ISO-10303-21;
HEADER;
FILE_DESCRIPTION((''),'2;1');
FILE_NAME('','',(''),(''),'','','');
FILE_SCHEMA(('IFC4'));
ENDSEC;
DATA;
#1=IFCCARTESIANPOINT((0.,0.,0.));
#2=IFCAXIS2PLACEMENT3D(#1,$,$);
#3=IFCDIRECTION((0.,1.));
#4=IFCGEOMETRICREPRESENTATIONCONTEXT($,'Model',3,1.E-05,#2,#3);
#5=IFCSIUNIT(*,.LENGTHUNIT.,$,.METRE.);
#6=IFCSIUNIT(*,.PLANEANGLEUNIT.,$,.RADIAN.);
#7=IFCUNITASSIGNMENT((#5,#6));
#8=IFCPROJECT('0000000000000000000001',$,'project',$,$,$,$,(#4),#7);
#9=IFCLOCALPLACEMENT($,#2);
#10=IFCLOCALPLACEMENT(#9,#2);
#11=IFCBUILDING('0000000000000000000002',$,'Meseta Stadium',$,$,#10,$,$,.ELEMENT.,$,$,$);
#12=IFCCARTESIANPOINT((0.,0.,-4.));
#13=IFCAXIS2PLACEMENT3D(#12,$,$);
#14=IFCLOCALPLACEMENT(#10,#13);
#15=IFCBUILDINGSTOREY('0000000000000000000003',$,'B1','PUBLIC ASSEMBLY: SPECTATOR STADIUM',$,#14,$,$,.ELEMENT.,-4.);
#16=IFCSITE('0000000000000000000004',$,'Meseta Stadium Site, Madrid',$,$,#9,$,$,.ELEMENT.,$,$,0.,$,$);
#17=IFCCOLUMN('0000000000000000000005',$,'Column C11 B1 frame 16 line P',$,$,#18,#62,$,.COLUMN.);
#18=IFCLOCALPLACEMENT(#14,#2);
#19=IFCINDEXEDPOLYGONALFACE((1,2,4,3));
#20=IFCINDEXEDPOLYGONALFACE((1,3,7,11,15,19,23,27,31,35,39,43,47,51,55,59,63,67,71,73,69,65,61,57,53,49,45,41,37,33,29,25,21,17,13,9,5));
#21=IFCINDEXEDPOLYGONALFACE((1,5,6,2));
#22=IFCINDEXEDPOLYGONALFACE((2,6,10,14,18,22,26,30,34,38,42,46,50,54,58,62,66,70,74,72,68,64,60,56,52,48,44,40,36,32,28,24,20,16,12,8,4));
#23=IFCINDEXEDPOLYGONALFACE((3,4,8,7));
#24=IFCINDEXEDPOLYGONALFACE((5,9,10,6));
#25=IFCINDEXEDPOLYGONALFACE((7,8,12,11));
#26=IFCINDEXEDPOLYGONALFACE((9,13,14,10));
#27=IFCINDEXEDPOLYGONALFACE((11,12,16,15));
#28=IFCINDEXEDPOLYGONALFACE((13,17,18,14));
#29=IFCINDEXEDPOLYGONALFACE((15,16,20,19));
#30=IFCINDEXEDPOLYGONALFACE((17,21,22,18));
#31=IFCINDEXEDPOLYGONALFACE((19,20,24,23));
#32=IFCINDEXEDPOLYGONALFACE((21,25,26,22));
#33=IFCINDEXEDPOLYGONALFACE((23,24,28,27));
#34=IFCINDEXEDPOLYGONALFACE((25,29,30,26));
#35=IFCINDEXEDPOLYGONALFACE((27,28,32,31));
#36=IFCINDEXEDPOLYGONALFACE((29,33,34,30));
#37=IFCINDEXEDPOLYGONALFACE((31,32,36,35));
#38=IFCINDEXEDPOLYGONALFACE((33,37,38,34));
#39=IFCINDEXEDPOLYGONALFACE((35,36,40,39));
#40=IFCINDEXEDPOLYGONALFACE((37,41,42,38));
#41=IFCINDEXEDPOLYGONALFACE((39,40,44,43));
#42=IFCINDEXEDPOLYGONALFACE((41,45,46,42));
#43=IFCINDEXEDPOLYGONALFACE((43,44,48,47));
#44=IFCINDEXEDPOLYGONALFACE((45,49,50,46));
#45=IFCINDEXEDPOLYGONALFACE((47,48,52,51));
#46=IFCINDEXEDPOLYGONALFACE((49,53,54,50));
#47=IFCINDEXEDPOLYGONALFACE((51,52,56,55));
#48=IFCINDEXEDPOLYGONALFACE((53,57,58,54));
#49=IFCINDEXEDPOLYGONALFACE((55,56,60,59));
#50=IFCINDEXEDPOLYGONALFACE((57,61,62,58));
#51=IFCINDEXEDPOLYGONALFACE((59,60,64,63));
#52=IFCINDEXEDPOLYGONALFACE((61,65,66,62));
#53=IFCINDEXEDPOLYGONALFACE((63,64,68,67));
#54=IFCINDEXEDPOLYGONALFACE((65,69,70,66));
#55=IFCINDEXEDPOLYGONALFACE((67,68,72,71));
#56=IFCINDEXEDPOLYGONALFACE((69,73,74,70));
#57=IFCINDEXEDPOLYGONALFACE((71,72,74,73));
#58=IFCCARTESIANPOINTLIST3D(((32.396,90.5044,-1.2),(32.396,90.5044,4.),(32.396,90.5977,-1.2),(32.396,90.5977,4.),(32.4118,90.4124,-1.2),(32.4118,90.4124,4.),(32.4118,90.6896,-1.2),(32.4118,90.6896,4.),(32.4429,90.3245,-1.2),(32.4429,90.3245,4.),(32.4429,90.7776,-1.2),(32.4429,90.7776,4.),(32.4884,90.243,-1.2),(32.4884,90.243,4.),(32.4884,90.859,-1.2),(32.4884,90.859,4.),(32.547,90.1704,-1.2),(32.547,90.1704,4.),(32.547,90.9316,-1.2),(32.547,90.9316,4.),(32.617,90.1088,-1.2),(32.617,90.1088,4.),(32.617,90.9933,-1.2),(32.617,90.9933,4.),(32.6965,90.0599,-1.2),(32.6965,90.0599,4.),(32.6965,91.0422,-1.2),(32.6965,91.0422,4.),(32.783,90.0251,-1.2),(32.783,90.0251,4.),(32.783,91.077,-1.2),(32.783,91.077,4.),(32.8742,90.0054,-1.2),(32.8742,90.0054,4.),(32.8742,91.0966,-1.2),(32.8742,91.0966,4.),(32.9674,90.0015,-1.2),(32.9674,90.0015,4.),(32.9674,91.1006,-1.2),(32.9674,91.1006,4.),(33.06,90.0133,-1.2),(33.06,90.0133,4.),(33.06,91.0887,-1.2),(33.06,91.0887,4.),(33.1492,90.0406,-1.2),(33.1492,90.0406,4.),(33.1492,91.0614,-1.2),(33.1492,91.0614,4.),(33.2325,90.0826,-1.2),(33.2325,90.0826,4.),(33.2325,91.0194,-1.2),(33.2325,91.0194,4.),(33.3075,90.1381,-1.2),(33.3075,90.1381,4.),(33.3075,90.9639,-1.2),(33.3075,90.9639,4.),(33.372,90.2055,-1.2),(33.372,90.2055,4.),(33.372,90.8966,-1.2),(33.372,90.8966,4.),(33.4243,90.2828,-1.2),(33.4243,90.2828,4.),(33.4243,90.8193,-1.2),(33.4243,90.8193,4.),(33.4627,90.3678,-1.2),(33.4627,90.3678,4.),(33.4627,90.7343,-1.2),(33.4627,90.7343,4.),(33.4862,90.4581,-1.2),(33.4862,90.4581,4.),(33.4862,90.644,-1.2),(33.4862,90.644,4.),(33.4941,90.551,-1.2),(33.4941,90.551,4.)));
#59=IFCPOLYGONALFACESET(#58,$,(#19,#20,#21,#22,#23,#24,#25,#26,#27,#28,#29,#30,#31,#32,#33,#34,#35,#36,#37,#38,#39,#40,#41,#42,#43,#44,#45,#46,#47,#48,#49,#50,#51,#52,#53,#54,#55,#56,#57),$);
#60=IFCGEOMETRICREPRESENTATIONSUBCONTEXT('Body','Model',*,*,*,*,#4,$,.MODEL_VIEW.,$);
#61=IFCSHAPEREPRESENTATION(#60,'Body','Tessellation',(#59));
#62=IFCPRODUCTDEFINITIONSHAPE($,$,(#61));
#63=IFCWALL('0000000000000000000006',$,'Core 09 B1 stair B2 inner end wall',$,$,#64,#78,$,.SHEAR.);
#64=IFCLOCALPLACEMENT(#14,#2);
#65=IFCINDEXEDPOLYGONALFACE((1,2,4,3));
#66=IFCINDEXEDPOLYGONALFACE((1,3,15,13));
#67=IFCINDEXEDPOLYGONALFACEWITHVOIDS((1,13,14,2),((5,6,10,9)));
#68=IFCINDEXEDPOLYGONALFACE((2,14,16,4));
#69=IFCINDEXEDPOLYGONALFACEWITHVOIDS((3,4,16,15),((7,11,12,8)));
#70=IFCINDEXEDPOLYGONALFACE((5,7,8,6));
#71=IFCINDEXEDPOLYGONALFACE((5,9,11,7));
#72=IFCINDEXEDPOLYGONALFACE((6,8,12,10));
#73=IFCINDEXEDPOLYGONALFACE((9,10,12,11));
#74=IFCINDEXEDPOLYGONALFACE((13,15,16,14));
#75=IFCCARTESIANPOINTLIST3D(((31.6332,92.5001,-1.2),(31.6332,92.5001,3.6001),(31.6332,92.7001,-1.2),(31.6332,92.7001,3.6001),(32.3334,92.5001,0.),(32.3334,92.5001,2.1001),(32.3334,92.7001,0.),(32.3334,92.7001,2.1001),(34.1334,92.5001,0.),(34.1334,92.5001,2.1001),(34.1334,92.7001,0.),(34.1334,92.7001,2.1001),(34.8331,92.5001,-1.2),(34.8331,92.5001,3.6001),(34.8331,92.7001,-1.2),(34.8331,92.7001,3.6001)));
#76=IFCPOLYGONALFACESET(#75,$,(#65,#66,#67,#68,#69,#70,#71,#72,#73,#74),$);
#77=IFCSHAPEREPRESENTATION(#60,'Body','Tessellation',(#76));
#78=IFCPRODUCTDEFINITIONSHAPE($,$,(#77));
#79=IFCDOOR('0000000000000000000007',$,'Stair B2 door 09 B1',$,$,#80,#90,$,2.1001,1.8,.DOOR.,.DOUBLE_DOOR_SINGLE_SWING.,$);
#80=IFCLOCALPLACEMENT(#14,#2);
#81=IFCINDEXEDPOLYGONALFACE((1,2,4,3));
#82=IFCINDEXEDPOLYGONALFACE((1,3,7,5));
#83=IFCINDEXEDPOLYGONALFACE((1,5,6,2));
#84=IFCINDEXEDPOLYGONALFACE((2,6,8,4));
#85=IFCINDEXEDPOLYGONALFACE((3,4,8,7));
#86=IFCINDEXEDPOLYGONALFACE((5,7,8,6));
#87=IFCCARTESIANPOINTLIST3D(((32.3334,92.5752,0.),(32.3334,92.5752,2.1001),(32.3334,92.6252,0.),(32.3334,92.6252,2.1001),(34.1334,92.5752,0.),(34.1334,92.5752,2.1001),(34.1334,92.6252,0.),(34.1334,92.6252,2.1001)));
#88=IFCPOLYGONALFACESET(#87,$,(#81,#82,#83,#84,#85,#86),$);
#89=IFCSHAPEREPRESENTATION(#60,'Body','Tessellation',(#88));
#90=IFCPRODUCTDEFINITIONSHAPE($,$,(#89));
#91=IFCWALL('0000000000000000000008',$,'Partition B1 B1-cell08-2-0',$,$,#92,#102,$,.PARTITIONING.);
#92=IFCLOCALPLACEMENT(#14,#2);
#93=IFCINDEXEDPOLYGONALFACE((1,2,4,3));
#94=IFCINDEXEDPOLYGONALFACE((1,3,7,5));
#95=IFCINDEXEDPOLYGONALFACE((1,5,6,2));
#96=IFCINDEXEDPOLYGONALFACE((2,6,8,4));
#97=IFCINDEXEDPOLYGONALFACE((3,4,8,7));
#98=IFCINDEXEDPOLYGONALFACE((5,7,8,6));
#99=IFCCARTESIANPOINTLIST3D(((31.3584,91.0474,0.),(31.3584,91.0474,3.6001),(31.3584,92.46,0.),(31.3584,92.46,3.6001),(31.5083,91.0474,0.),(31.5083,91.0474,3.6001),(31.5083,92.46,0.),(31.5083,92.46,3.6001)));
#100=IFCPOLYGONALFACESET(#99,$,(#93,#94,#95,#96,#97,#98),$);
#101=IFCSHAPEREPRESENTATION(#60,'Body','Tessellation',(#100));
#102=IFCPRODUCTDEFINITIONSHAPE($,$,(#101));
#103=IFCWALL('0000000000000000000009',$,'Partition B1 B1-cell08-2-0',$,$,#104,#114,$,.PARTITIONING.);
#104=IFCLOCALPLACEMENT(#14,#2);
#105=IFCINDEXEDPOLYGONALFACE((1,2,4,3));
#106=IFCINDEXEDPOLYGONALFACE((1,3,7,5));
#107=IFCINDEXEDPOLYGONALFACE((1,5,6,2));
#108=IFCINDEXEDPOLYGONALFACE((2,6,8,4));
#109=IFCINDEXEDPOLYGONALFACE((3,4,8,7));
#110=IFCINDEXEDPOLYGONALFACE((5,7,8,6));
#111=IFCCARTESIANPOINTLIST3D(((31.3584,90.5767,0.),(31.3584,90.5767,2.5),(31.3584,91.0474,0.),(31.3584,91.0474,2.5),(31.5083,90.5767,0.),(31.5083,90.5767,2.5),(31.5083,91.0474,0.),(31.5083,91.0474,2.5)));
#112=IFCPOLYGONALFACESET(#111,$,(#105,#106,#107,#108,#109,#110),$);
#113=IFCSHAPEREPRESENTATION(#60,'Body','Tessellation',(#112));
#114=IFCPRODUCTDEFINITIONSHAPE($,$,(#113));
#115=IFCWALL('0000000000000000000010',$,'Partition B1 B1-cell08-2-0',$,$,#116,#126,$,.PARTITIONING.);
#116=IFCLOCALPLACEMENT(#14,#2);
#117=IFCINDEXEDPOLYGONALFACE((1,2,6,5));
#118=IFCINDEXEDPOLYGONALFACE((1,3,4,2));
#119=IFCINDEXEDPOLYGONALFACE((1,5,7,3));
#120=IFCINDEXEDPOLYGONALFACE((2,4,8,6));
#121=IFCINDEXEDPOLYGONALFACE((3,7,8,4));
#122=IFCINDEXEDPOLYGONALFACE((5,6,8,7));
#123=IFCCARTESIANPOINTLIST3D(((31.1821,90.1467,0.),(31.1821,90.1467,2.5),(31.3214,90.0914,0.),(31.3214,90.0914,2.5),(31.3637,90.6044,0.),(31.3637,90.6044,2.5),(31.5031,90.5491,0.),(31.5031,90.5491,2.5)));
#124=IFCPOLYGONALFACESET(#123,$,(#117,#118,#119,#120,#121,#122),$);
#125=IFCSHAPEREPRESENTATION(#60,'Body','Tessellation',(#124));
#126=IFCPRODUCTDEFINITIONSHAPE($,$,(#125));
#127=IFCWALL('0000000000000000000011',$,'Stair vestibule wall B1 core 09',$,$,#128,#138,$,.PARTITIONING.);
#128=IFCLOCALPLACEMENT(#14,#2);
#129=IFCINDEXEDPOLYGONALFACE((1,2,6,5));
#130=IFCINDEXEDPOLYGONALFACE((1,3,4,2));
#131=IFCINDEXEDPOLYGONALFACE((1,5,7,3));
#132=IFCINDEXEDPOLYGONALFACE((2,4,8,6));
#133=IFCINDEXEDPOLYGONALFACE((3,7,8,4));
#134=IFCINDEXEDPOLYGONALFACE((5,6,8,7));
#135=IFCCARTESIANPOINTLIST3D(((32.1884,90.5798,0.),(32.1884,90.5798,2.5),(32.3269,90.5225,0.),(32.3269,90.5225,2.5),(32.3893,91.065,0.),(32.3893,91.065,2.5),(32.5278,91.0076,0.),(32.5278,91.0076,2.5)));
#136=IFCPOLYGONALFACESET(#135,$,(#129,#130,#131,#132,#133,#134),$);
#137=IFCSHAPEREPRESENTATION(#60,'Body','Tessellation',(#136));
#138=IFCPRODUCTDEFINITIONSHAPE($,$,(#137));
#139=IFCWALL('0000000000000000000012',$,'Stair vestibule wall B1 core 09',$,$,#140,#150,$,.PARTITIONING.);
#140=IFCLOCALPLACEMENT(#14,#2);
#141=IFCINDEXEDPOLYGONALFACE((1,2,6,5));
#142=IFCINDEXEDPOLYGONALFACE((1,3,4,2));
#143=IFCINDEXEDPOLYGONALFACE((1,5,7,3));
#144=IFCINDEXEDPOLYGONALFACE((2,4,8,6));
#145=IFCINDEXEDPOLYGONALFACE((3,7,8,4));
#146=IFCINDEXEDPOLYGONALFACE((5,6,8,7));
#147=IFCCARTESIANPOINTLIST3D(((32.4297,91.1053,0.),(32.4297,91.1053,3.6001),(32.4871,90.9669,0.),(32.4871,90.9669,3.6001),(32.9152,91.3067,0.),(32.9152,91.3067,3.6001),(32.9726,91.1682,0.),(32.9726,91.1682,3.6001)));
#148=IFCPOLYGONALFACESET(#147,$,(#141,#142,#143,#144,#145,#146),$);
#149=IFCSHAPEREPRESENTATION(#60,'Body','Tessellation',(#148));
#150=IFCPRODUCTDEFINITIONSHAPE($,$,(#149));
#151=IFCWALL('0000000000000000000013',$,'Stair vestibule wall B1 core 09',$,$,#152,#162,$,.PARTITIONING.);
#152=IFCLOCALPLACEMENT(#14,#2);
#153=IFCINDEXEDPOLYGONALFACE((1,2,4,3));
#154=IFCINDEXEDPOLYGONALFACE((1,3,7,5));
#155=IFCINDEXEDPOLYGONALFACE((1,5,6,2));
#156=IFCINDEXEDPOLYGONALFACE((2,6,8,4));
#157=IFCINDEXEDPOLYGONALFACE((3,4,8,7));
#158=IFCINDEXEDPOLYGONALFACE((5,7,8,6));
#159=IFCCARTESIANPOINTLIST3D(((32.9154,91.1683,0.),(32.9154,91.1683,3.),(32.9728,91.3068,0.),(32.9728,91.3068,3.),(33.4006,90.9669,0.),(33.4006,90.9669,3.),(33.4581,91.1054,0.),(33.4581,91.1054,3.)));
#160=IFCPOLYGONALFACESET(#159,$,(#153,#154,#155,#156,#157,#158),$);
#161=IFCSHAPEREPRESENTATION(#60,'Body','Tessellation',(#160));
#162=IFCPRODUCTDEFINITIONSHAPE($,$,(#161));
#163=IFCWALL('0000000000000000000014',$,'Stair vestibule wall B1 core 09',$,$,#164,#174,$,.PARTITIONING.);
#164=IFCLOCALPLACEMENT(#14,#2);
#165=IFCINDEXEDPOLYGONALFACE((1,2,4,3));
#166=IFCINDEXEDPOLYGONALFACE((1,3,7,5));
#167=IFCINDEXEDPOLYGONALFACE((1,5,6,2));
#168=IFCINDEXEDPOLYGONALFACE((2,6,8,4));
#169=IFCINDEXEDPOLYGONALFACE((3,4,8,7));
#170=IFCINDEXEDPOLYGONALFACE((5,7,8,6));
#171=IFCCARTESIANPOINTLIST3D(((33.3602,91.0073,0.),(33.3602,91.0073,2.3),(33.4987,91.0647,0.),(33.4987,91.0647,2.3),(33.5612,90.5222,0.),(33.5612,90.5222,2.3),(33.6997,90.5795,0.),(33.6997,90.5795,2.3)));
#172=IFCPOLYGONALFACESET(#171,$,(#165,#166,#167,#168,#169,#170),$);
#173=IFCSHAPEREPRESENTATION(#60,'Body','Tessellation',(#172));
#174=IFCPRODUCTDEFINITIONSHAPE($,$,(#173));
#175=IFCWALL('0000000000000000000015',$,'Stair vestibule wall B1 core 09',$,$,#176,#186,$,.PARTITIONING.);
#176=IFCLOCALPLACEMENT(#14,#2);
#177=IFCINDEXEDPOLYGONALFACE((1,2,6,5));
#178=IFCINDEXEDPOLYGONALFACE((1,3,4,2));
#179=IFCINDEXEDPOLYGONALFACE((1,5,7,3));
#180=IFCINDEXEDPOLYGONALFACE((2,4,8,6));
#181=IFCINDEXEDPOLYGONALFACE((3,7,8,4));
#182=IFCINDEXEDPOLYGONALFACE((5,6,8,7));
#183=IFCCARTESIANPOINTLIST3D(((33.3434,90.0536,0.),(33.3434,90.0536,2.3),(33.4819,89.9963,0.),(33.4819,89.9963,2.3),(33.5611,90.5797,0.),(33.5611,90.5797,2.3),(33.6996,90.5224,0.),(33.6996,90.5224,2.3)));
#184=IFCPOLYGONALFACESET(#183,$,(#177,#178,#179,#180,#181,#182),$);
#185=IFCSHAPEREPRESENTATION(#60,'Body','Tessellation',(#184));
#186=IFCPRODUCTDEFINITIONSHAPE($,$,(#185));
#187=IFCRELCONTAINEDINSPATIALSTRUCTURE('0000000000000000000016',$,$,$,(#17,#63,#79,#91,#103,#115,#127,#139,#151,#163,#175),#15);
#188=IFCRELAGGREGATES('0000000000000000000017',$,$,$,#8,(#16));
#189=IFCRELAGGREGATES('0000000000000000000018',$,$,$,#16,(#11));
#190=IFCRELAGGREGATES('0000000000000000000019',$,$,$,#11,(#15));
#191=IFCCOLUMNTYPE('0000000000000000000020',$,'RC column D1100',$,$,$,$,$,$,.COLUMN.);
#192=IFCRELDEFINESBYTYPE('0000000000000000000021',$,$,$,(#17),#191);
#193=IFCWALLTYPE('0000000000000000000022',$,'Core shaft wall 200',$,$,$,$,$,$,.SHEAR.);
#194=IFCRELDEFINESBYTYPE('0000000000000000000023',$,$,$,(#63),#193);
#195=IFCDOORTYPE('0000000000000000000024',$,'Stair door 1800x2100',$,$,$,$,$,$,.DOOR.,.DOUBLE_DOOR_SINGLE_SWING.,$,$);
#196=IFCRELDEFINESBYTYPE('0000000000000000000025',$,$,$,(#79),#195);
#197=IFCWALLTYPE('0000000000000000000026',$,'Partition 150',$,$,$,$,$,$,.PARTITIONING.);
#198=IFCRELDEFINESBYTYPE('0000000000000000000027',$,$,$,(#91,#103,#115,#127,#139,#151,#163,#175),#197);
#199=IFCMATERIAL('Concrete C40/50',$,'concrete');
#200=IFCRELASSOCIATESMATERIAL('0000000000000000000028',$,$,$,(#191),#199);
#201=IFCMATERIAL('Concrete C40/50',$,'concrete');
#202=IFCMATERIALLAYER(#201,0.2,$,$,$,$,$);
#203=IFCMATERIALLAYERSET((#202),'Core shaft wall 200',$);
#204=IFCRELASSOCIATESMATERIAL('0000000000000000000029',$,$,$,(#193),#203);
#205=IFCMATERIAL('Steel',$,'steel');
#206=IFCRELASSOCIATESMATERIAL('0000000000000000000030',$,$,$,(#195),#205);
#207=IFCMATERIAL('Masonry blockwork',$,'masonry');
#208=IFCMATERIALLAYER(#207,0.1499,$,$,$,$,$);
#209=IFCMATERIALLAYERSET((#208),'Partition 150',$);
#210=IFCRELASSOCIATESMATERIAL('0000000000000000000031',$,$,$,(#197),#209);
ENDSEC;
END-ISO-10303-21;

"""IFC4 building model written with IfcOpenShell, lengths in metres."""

from ifc_helpers import new_model, si_unit, direction, frame, frame_2d, origin, origin_2d, place, context, subcontext, project, spatial, rectangle, circle, extrude, material, layer, layer_set, material_profile, profile_set, type_object, element, fill, save


model = new_model("IFC4")

# Units and contexts
model_context = context("Model", 3, precision=1e-05, world=origin(), true_north=direction((0.0, 1.0)))
body_context = subcontext(model_context, "Body", "Model", "MODEL_VIEW")
ifc_project = project(units=[si_unit("LENGTHUNIT", "METRE"), si_unit("PLANEANGLEUNIT", "RADIAN")], contexts=[model_context])

# Site, building, storey
site_placement = place(None, origin())
site = spatial("IfcSite", under=ifc_project, at=site_placement, Name="Meseta Stadium Site, Madrid", CompositionType="ELEMENT", RefElevation=0.0)
building_placement = place(site_placement, origin())
building = spatial("IfcBuilding", under=site, at=building_placement, Name="Meseta Stadium", CompositionType="ELEMENT")
storey_placement = place(building_placement, frame((0.0, 0.0, -4.0)))
storey = spatial("IfcBuildingStorey", under=building, at=storey_placement, Name="B1", Description="PUBLIC ASSEMBLY: SPECTATOR STADIUM", CompositionType="ELEMENT", Elevation=-4.0)

# Column
ifc_material_1 = material(Name="Concrete C40/50", Category="concrete")
ifc_material_profile = material_profile(ifc_material_1, circle(Radius=0.55, at=origin_2d()), Name="RC D1100")
ifc_profile_set = profile_set([ifc_material_profile], Name="Concrete C40/50")
column_type = type_object("IfcColumnType", Name="RC column D1100", PredefinedType="COLUMN", material=ifc_profile_set)
column_placement = place(storey_placement, frame((32.9441, 90.551, -1.2), z_axis=(0.0, 0.0, 1.0), x_axis=(1.0, 0.0, 0.0)))
element("IfcColumn", 1, at=column_placement, inside=storey, type_object=column_type, Name="Column C11 B1 frame 16 line P", PredefinedType="COLUMN", context=body_context, shape_type="SweptSolid", body=[
    extrude(circle(Radius=0.55, at=origin_2d()), origin(), (0.0, 0.0, 1.0), 5.2),
])

# Wall, opening, door
ifc_material_2 = material(Name="Concrete C40/50", Category="concrete")
ifc_layer_1 = layer(ifc_material_2, 0.2)
ifc_layer_set_1 = layer_set([ifc_layer_1], Name="Core shaft wall 200")
wall_type_1 = type_object("IfcWallType", Name="Core shaft wall 200", PredefinedType="SHEAR", material=ifc_layer_set_1)
wall_1_placement = place(storey_placement, frame((34.8333, 92.6001, -1.2), z_axis=(0.0, 0.0, 1.0), x_axis=(-1.0, 0.0, 0.0)))
wall_1 = element("IfcWall", 2, at=wall_1_placement, inside=storey, type_object=wall_type_1, Name="Core 09 B1 stair B2 inner end wall", PredefinedType="SHEAR", context=body_context, shape_type="SweptSolid", body=[
    extrude(rectangle(XDim=3.2, YDim=0.2, at=frame_2d((1.6001, 0.0))), origin(), (0.0, 0.0, 1.0), 4.8),
])
opening_placement = place(wall_1_placement, frame((0.7, 0.0, 1.2)))
opening = element("IfcOpeningElement", 3, at=opening_placement, cuts=wall_1, PredefinedType="OPENING", context=body_context, shape_type="SweptSolid", body=[
    extrude(rectangle(XDim=1.8, YDim=2.1001, at=frame_2d((0.8999, 1.05))), frame((0.0, 0.1099, 0.0), z_axis=(0.0, -1.0, 0.0), x_axis=(1.0, 0.0, 0.0)), (0.0, 0.0, 1.0), 0.22),
])
ifc_material_3 = material(Name="Steel", Category="steel")
door_type = type_object("IfcDoorType", Name="Stair door 1800x2100", OperationType="DOUBLE_DOOR_SINGLE_SWING", PredefinedType="DOOR", material=ifc_material_3)
door_placement = place(opening_placement, origin())
door = element("IfcDoor", 4, at=door_placement, inside=storey, type_object=door_type, Name="Stair B2 door 09 B1", OperationType="DOUBLE_DOOR_SINGLE_SWING", OverallHeight=2.1001, OverallWidth=1.8, PredefinedType="DOOR", context=body_context, shape_type="SweptSolid", body=[
    extrude(rectangle(XDim=1.8, YDim=2.1001, at=frame_2d((0.8999, 1.05))), frame((0.0, 0.0249, 0.0), z_axis=(0.0, -1.0, 0.0), x_axis=(1.0, 0.0, 0.0)), (0.0, 0.0, 1.0), 0.05),
])
fill(opening, door)

# Walls
ifc_material_4 = material(Name="Masonry blockwork", Category="masonry")
ifc_layer_2 = layer(ifc_material_4, 0.1499)
ifc_layer_set_2 = layer_set([ifc_layer_2], Name="Partition 150")
wall_type_2 = type_object("IfcWallType", Name="Partition 150", PredefinedType="PARTITIONING", material=ifc_layer_set_2)
wall_2_placement = place(storey_placement, frame((31.4333, 92.46, 0.0), z_axis=(0.0, 0.0, 1.0), x_axis=(0.0, -1.0, 0.0)))
element("IfcWall", 5, at=wall_2_placement, inside=storey, type_object=wall_type_2, Name="Partition B1 B1-cell08-2-0", PredefinedType="PARTITIONING", context=body_context, shape_type="SweptSolid", body=[
    extrude(rectangle(XDim=1.4126, YDim=0.1499, at=frame_2d((0.7063, 0.0))), origin(), (0.0, 0.0, 1.0), 3.6001),
])
wall_3_placement = place(storey_placement, frame((31.4333, 91.0474, 0.0), z_axis=(0.0, 0.0, 1.0), x_axis=(0.0, -1.0, 0.0)))
element("IfcWall", 6, at=wall_3_placement, inside=storey, type_object=wall_type_2, Name="Partition B1 B1-cell08-2-0", PredefinedType="PARTITIONING", context=body_context, shape_type="SweptSolid", body=[
    extrude(rectangle(XDim=0.4707, YDim=0.1499, at=frame_2d((0.2354, 0.0))), origin(), (0.0, 0.0, 1.0), 2.5),
])
wall_4_placement = place(storey_placement, frame((31.4333, 90.5767, 0.0), z_axis=(0.0, 0.0, 1.0), x_axis=(-0.368825, -0.929499, 0.0)))
element("IfcWall", 7, at=wall_4_placement, inside=storey, type_object=wall_type_2, Name="Partition B1 B1-cell08-2-0", PredefinedType="PARTITIONING", context=body_context, shape_type="SweptSolid", body=[
    extrude(rectangle(XDim=0.4924, YDim=0.1499, at=frame_2d((0.2461, 0.0))), origin(), (0.0, 0.0, 1.0), 2.5),
])
wall_5_placement = place(storey_placement, frame((32.2576, 90.551, 0.0), z_axis=(0.0, 0.0, 1.0), x_axis=(0.382667, 0.923886, 0.0)))
element("IfcWall", 8, at=wall_5_placement, inside=storey, type_object=wall_type_2, Name="Stair vestibule wall B1 core 09", PredefinedType="PARTITIONING", context=body_context, shape_type="SweptSolid", body=[
    extrude(rectangle(XDim=0.5251, YDim=0.1499, at=frame_2d((0.2627, 0.0))), origin(), (0.0, 0.0, 1.0), 2.5),
])
wall_6_placement = place(storey_placement, frame((32.4585, 91.0361, 0.0), z_axis=(0.0, 0.0, 1.0), x_axis=(0.923694, 0.383131, 0.0)))
element("IfcWall", 9, at=wall_6_placement, inside=storey, type_object=wall_type_2, Name="Stair vestibule wall B1 core 09", PredefinedType="PARTITIONING", context=body_context, shape_type="SweptSolid", body=[
    extrude(rectangle(XDim=0.5256, YDim=0.1499, at=frame_2d((0.2627, 0.0))), origin(), (0.0, 0.0, 1.0), 3.6001),
])
wall_7_placement = place(storey_placement, frame((32.9441, 91.2375, 0.0), z_axis=(0.0, 0.0, 1.0), x_axis=(0.923626, -0.383295, 0.0)))
element("IfcWall", 10, at=wall_7_placement, inside=storey, type_object=wall_type_2, Name="Stair vestibule wall B1 core 09", PredefinedType="PARTITIONING", context=body_context, shape_type="SweptSolid", body=[
    extrude(rectangle(XDim=0.5254, YDim=0.1499, at=frame_2d((0.2627, 0.0))), origin(), (0.0, 0.0, 1.0), 3.0),
])
wall_8_placement = place(storey_placement, frame((33.4294, 91.0361, 0.0), z_axis=(0.0, 0.0, 1.0), x_axis=(0.382667, -0.923886, 0.0)))
element("IfcWall", 11, at=wall_8_placement, inside=storey, type_object=wall_type_2, Name="Stair vestibule wall B1 core 09", PredefinedType="PARTITIONING", context=body_context, shape_type="SweptSolid", body=[
    extrude(rectangle(XDim=0.5251, YDim=0.1499, at=frame_2d((0.2627, 0.0))), origin(), (0.0, 0.0, 1.0), 2.3),
])
wall_9_placement = place(storey_placement, frame((33.6304, 90.551, 0.0), z_axis=(0.0, 0.0, 1.0), x_axis=(-0.382453, -0.923975, 0.0)))
element("IfcWall", 12, at=wall_9_placement, inside=storey, type_object=wall_type_2, Name="Stair vestibule wall B1 core 09", PredefinedType="PARTITIONING", context=body_context, shape_type="SweptSolid", body=[
    extrude(rectangle(XDim=0.5693, YDim=0.1499, at=frame_2d((0.2847, 0.0))), origin(), (0.0, 0.0, 1.0), 2.3),
])

save(model, "model.ifc")
